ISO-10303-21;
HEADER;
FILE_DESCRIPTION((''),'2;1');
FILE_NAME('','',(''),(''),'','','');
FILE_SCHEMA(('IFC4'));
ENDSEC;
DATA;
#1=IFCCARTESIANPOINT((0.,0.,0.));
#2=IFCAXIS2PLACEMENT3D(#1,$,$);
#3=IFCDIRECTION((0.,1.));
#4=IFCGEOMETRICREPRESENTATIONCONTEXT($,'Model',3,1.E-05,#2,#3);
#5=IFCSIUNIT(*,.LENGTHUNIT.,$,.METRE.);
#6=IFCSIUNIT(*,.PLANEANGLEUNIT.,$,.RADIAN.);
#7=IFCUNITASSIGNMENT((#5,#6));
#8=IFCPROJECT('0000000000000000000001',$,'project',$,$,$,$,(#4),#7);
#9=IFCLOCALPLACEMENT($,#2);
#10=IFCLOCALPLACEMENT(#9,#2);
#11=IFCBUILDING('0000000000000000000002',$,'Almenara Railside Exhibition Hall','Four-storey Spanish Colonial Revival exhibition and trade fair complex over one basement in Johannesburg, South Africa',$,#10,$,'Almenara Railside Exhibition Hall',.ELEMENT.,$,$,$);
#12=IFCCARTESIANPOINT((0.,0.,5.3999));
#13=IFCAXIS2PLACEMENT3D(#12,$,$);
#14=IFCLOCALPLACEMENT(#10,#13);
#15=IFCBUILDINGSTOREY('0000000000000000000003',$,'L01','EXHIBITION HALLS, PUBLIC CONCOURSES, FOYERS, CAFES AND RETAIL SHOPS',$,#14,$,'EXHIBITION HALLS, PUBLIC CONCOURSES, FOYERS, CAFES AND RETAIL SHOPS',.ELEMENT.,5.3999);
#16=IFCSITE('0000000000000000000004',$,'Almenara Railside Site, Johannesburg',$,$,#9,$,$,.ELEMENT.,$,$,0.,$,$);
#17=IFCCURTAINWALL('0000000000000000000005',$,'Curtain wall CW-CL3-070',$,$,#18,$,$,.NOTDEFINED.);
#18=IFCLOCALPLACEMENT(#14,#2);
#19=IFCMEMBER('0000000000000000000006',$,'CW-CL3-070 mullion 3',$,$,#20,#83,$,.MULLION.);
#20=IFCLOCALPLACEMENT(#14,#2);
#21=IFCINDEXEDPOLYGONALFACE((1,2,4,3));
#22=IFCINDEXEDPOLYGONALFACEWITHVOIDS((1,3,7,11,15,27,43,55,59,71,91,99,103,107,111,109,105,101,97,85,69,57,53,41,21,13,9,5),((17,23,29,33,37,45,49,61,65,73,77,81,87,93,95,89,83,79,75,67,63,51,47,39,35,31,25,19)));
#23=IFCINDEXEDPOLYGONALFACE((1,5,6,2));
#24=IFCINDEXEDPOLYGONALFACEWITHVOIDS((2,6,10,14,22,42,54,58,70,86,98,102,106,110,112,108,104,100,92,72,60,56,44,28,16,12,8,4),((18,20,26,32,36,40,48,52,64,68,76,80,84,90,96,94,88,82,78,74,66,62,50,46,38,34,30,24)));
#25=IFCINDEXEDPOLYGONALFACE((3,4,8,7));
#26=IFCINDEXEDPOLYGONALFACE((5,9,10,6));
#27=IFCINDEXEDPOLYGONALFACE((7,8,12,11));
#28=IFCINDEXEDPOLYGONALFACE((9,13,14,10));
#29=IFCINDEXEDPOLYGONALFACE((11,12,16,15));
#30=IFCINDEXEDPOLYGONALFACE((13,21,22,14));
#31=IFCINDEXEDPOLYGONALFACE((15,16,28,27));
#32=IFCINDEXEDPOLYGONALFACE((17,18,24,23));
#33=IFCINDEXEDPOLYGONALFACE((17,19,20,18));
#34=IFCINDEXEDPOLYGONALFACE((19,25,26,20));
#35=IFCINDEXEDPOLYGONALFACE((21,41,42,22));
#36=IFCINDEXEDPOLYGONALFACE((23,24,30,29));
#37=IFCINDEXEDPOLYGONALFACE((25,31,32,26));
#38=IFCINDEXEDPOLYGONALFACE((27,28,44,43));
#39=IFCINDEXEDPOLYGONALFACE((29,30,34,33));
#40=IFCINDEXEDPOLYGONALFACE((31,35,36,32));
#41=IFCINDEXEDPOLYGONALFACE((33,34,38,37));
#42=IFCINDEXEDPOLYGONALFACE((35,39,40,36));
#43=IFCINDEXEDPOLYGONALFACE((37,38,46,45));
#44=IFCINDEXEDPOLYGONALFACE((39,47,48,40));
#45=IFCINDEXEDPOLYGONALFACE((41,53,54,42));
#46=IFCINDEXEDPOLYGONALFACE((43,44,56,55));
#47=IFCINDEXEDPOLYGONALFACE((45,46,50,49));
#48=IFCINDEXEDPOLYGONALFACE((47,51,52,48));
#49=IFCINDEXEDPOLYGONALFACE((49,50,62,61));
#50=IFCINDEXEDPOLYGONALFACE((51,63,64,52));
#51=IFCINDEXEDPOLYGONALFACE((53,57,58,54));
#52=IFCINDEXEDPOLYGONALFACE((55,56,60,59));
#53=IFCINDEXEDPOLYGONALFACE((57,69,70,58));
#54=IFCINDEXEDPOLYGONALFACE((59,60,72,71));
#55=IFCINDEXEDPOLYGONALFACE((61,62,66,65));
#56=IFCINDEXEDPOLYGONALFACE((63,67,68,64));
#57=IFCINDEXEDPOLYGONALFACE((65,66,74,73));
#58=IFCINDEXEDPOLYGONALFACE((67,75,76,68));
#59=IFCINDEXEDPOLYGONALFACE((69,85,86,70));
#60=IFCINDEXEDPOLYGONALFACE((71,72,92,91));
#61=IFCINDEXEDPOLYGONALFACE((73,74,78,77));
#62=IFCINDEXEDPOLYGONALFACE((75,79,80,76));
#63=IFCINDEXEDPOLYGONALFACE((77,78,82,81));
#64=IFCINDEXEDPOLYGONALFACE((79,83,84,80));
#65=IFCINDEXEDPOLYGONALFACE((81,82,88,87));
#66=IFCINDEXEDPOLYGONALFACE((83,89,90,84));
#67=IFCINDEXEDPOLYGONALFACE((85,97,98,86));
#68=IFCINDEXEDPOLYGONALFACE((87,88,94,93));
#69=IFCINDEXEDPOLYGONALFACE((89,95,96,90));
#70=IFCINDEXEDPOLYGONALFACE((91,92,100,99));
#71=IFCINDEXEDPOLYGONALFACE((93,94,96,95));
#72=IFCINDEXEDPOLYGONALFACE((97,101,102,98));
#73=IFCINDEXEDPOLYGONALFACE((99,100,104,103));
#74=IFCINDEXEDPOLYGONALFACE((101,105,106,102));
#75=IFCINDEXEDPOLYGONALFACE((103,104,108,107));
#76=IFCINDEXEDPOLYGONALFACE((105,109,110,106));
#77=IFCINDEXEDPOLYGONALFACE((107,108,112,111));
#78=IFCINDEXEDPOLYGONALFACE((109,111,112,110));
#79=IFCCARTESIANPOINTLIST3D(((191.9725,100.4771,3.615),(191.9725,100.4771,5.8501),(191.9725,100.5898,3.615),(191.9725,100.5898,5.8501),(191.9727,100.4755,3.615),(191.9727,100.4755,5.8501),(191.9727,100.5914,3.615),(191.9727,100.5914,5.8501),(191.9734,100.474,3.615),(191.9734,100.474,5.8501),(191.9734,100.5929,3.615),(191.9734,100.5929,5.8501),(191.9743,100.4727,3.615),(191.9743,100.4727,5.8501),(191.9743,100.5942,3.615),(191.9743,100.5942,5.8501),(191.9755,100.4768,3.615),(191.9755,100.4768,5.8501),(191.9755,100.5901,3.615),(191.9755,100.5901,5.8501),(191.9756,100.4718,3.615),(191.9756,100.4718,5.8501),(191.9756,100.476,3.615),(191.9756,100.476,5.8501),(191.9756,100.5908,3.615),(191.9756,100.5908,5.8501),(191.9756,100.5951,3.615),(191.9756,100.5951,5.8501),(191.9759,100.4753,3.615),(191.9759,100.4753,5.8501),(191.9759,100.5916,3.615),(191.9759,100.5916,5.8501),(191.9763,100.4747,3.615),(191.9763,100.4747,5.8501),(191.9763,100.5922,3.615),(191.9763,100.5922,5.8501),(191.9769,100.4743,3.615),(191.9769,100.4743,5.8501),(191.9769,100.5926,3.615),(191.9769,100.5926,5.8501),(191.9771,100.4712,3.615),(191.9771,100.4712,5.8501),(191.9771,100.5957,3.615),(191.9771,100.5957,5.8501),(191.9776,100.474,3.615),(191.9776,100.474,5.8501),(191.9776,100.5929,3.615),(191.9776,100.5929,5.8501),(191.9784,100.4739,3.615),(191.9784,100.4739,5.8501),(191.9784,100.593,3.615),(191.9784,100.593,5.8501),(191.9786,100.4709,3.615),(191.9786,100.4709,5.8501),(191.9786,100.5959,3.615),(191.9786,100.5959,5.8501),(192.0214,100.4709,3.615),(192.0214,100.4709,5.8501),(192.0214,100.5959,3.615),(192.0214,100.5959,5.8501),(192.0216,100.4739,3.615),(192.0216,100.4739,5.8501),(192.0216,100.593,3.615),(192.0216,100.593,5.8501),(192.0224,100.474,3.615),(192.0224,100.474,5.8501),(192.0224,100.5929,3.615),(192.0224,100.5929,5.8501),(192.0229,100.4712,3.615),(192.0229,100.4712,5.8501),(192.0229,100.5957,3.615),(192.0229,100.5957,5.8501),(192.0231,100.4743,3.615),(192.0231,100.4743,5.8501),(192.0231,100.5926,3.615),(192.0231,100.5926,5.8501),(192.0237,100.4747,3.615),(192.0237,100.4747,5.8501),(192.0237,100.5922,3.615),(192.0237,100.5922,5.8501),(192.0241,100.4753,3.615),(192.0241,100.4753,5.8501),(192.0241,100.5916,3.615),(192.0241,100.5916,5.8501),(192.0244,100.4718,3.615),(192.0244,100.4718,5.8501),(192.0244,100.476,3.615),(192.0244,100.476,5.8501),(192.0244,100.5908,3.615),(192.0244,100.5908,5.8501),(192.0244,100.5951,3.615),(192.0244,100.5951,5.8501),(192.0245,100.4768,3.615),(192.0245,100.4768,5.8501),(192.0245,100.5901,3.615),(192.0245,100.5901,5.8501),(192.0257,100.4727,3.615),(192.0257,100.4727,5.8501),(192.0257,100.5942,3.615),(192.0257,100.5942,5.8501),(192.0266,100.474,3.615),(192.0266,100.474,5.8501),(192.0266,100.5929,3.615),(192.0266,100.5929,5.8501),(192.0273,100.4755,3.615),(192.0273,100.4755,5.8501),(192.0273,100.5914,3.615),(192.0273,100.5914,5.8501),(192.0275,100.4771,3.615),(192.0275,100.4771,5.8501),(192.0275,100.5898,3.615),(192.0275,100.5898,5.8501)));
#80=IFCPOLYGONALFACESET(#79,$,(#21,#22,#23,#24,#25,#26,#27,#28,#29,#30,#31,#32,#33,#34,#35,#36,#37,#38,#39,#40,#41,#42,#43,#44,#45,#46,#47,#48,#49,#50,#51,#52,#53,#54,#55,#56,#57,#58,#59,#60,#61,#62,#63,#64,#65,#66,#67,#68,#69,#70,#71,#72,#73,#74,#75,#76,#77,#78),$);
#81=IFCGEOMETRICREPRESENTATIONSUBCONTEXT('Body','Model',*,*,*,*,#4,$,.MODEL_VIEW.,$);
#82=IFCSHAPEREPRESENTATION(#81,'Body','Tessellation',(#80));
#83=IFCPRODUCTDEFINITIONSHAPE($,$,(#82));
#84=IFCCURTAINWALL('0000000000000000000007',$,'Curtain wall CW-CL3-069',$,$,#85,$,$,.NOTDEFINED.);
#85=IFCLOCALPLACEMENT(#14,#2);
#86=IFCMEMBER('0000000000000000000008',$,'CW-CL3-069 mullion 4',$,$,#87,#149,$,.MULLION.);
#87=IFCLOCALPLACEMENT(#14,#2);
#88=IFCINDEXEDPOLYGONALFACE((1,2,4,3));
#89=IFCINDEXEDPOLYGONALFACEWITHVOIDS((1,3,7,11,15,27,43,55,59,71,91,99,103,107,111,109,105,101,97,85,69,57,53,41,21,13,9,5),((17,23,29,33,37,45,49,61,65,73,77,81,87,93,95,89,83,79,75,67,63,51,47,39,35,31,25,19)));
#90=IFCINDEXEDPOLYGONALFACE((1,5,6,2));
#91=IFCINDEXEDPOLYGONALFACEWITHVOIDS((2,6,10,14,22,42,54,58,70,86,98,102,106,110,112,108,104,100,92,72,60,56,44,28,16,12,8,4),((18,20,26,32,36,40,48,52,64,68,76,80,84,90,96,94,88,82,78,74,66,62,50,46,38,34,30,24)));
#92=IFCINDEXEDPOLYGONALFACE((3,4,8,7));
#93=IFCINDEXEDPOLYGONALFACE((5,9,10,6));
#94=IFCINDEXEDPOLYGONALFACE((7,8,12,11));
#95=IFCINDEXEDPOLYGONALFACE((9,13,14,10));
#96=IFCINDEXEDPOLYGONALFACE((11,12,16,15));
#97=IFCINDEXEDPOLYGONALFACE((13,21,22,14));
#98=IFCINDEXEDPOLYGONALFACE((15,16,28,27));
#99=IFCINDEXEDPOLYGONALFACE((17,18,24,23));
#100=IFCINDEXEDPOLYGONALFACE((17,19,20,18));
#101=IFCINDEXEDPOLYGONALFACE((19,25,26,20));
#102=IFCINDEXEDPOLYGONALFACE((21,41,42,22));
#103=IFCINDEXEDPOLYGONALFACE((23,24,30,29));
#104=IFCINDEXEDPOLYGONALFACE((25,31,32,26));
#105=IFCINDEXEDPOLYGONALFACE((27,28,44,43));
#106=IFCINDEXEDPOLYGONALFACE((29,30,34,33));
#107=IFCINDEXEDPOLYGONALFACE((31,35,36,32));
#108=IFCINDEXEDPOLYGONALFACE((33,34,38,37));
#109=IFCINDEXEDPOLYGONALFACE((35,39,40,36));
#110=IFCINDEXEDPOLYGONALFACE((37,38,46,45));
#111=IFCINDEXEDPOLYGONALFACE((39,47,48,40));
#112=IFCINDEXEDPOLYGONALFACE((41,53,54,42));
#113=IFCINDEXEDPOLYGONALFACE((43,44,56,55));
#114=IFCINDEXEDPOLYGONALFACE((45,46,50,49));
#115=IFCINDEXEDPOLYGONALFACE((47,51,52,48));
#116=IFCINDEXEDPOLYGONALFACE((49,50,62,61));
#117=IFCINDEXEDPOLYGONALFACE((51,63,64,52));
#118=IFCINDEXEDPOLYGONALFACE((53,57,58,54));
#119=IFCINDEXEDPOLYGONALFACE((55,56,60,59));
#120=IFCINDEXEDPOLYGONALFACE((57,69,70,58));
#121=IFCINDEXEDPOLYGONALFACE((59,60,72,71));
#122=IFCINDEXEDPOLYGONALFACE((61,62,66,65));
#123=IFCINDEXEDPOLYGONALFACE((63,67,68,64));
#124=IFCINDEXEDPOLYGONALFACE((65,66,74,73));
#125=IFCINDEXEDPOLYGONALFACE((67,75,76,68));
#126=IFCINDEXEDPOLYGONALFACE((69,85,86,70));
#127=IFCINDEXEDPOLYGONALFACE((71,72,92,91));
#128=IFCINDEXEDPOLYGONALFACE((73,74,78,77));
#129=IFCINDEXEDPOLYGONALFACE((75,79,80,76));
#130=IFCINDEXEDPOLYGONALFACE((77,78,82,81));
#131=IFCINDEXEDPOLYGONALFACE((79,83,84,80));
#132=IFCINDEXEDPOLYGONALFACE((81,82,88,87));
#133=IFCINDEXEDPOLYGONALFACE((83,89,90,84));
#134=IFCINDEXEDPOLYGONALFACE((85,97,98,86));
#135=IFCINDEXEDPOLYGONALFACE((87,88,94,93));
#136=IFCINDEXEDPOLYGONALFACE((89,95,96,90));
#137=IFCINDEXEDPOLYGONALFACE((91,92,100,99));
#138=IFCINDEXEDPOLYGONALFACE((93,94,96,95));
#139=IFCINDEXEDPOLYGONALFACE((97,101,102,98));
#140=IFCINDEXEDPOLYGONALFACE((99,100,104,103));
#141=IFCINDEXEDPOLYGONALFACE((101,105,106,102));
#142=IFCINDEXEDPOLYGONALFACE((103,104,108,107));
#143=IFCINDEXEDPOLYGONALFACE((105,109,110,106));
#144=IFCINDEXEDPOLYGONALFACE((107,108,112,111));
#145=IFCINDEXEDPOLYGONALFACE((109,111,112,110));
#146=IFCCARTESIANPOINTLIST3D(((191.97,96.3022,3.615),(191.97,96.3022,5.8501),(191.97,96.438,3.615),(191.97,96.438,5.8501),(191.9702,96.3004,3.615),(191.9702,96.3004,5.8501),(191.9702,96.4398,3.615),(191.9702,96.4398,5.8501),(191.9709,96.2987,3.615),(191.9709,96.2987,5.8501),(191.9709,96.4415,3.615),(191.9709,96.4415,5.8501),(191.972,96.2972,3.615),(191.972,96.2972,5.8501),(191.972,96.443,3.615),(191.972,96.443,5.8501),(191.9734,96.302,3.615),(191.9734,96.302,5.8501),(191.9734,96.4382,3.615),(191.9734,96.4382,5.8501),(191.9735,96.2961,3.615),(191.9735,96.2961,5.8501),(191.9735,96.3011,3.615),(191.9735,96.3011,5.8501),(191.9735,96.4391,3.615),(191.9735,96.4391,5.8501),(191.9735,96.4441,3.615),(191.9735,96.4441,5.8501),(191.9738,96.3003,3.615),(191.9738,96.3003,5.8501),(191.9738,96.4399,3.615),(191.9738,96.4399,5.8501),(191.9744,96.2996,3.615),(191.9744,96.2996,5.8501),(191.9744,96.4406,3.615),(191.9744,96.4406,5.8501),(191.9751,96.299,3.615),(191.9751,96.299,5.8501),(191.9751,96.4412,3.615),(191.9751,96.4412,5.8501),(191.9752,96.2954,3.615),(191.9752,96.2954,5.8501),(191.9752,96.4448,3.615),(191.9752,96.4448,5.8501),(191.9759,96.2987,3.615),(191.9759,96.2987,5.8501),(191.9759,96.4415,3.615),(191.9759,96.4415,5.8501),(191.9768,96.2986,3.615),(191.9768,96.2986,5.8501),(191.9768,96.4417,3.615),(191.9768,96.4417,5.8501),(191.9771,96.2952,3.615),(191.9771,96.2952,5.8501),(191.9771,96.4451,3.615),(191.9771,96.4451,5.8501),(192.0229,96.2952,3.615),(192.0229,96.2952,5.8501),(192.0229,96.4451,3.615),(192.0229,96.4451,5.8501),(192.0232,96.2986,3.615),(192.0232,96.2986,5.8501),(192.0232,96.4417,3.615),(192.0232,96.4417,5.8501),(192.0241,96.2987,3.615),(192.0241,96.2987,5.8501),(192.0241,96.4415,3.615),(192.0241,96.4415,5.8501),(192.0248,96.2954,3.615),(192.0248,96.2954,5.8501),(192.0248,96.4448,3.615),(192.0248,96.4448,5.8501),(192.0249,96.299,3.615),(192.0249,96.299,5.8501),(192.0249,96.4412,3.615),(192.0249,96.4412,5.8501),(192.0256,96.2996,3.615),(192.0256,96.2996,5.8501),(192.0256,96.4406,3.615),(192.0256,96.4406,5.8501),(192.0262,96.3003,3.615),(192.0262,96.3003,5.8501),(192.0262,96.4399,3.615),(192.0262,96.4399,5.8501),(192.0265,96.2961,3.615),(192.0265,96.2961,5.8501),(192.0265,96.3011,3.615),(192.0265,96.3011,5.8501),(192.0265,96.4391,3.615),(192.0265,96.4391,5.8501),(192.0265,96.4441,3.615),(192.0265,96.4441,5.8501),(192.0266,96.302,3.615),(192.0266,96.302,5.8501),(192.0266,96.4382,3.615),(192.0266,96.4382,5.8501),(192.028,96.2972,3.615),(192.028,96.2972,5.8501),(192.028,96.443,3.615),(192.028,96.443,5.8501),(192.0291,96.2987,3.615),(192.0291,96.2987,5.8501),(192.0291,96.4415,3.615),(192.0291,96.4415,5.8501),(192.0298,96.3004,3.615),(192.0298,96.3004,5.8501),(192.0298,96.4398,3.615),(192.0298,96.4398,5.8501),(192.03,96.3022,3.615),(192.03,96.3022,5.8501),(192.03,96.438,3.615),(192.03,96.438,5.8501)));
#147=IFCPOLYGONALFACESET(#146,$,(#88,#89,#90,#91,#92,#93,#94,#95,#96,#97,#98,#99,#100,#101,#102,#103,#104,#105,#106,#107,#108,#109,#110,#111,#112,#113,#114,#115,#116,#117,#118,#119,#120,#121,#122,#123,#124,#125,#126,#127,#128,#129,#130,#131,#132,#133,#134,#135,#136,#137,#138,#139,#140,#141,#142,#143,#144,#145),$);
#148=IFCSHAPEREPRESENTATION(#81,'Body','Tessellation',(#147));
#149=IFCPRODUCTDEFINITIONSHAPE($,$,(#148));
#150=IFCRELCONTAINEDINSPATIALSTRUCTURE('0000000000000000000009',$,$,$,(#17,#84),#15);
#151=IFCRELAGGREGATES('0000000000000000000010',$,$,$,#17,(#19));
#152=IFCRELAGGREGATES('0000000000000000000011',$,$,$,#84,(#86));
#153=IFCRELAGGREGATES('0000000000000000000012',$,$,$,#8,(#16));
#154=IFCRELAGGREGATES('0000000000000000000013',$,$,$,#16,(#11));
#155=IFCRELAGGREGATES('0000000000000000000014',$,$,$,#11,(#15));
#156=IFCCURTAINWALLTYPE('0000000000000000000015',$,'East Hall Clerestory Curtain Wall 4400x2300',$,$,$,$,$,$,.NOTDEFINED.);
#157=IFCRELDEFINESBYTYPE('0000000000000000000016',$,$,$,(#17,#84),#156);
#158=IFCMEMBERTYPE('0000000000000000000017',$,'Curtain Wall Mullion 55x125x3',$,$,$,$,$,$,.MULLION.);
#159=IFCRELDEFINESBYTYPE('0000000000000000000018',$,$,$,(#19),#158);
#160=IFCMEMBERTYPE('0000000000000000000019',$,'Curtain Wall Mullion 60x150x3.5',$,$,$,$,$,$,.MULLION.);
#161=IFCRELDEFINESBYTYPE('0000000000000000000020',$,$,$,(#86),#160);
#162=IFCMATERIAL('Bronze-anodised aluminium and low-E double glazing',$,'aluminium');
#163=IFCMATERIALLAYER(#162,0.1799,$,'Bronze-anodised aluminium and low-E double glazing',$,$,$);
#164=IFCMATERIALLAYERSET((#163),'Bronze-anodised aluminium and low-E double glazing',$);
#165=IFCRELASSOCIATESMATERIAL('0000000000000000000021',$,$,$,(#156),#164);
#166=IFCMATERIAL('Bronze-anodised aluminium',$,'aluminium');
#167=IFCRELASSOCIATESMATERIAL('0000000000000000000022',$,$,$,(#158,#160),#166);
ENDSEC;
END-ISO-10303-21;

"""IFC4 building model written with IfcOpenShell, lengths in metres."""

from ifc_helpers import new_model, si_unit, direction, frame, origin, origin_2d, place, context, subcontext, project, spatial, hollow_rectangle, extrude, material, layer, layer_set, material_profile, profile_set, type_object, element, aggregate, save


model = new_model("IFC4")

# Units and contexts
model_context = context("Model", 3, precision=1e-05, world=origin(), true_north=direction((0.0, 1.0)))
body_context = subcontext(model_context, "Body", "Model", "MODEL_VIEW")
ifc_project = project(units=[si_unit("LENGTHUNIT", "METRE"), si_unit("PLANEANGLEUNIT", "RADIAN")], contexts=[model_context])

# Site, building, storey
site_placement = place(None, origin())
site = spatial("IfcSite", under=ifc_project, at=site_placement, Name="Almenara Railside Site, Johannesburg", CompositionType="ELEMENT", RefElevation=0.0)
building_placement = place(site_placement, origin())
building = spatial("IfcBuilding", under=site, at=building_placement, Name="Almenara Railside Exhibition Hall", Description="Four-storey Spanish Colonial Revival exhibition and trade fair complex over one basement in Johannesburg, South Africa", LongName="Almenara Railside Exhibition Hall", CompositionType="ELEMENT")
storey_placement = place(building_placement, frame((0.0, 0.0, 5.3999)))
storey = spatial("IfcBuildingStorey", under=building, at=storey_placement, Name="L01", Description="EXHIBITION HALLS, PUBLIC CONCOURSES, FOYERS, CAFES AND RETAIL SHOPS", LongName="EXHIBITION HALLS, PUBLIC CONCOURSES, FOYERS, CAFES AND RETAIL SHOPS", CompositionType="ELEMENT", Elevation=5.3999)

# Curtain wall, member
ifc_material_1 = material(Name="Bronze-anodised aluminium and low-E double glazing", Category="aluminium")
ifc_layer_1 = layer(ifc_material_1, 0.1799, Name="Bronze-anodised aluminium and low-E double glazing")
ifc_layer_set_1 = layer_set([ifc_layer_1], Name="Bronze-anodised aluminium and low-E double glazing")
curtain_wall_type = type_object("IfcCurtainWallType", Name="East Hall Clerestory Curtain Wall 4400x2300", PredefinedType="NOTDEFINED", material=ifc_layer_set_1)
curtain_wall_1_placement = place(storey_placement, origin())
curtain_wall_1 = element("IfcCurtainWall", 1, at=curtain_wall_1_placement, inside=storey, type_object=curtain_wall_type, Name="Curtain wall CW-CL3-070", PredefinedType="NOTDEFINED")
ifc_material_2 = material(Name="Bronze-anodised aluminium", Category="aluminium")
ifc_material_profile_1 = material_profile(ifc_material_2, hollow_rectangle(XDim=0.0549, YDim=0.125, WallThickness=0.0029, InnerFilletRadius=0.0029, OuterFilletRadius=0.0061, at=origin_2d()), Name="ALU-MUL 55x125x3")
ifc_profile_set_1 = profile_set([ifc_material_profile_1], Name="Bronze-anodised aluminium")
member_type_1 = type_object("IfcMemberType", Name="Curtain Wall Mullion 55x125x3", PredefinedType="MULLION", material=ifc_profile_set_1)
member_1_placement = place(storey_placement, frame((192.0, 100.5334, 3.615), z_axis=(0.0, 0.0, 1.0), x_axis=(-1.0, 0.0, 0.0)))
member_1 = element("IfcMember", 2, at=member_1_placement, type_object=member_type_1, Name="CW-CL3-070 mullion 3", PredefinedType="MULLION", context=body_context, shape_type="SweptSolid", body=[
    extrude(hollow_rectangle(XDim=0.0549, YDim=0.125, WallThickness=0.0029, InnerFilletRadius=0.0029, OuterFilletRadius=0.0061, at=origin_2d()), origin(), (0.0, 0.0, 1.0), 2.2351),
])

# Curtain wall, member
curtain_wall_2_placement = place(storey_placement, origin())
curtain_wall_2 = element("IfcCurtainWall", 3, at=curtain_wall_2_placement, inside=storey, type_object=curtain_wall_type, Name="Curtain wall CW-CL3-069", PredefinedType="NOTDEFINED")
ifc_material_profile_2 = material_profile(ifc_material_2, hollow_rectangle(XDim=0.0601, YDim=0.1499, WallThickness=0.0034, InnerFilletRadius=0.0034, OuterFilletRadius=0.0071, at=origin_2d()), Name="ALU-MUL 60x150x3.5")
ifc_profile_set_2 = profile_set([ifc_material_profile_2], Name="Bronze-anodised aluminium")
member_type_2 = type_object("IfcMemberType", Name="Curtain Wall Mullion 60x150x3.5", PredefinedType="MULLION", material=ifc_profile_set_2)
member_2_placement = place(storey_placement, frame((192.0, 96.3701, 3.615), z_axis=(0.0, 0.0, 1.0), x_axis=(-1.0, 0.0, 0.0)))
member_2 = element("IfcMember", 4, at=member_2_placement, type_object=member_type_2, Name="CW-CL3-069 mullion 4", PredefinedType="MULLION", context=body_context, shape_type="SweptSolid", body=[
    extrude(hollow_rectangle(XDim=0.0601, YDim=0.1499, WallThickness=0.0034, InnerFilletRadius=0.0034, OuterFilletRadius=0.0071, at=origin_2d()), origin(), (0.0, 0.0, 1.0), 2.2351),
])

aggregate(curtain_wall_1, [member_1])
aggregate(curtain_wall_2, [member_2])

save(model, "model.ifc")
